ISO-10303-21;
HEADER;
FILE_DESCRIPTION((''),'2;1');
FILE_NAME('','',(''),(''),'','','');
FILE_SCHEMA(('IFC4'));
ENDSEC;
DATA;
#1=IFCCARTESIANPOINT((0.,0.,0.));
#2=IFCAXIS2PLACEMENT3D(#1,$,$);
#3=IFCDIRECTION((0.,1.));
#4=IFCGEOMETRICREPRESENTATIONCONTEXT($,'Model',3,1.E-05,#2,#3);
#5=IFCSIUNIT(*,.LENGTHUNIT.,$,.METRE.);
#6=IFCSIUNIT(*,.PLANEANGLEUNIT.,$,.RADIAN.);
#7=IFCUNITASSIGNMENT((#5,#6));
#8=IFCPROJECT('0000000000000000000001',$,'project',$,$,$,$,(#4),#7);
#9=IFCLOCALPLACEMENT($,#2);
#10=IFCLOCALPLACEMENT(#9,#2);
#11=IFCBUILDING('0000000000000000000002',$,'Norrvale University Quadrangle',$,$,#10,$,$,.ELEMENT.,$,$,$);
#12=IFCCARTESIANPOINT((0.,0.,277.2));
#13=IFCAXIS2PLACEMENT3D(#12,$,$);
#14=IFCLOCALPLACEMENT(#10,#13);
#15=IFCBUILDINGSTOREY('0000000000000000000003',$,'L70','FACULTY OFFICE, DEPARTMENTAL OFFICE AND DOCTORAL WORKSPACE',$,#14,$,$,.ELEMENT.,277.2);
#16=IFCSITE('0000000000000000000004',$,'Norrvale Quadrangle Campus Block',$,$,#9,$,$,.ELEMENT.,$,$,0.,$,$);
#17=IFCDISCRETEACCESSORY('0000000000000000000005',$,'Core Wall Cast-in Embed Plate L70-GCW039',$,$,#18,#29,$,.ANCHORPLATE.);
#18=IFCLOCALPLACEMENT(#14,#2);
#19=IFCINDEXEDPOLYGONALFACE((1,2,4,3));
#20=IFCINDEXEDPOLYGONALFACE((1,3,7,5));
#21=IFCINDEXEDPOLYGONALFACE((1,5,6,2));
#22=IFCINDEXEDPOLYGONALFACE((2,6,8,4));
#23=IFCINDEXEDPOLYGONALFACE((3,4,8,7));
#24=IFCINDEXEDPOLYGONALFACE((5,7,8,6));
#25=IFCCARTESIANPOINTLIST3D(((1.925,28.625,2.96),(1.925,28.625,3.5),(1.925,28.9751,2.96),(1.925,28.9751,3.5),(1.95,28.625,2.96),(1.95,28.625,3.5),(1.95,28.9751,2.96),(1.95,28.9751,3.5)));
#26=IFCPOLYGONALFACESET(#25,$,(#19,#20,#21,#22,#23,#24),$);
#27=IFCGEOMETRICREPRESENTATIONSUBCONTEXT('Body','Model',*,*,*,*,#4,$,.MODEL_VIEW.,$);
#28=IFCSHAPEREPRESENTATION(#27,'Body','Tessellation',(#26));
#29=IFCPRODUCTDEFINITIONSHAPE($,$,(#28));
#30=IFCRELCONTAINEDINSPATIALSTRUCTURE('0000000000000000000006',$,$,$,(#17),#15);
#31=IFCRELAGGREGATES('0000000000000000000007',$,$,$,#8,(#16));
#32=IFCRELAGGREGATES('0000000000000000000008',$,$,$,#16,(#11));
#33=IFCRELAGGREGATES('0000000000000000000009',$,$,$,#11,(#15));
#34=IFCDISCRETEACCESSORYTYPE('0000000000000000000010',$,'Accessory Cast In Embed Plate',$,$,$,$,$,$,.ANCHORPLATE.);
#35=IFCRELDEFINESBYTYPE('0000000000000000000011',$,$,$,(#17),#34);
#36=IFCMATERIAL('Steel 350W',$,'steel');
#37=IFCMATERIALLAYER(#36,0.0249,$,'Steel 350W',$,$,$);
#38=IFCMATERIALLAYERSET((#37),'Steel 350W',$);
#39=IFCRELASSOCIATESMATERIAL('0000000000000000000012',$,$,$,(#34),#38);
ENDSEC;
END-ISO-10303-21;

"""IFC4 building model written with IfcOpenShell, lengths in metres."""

from ifc_helpers import new_model, si_unit, direction, frame, origin, origin_2d, place, context, subcontext, project, spatial, rectangle, extrude, material, layer, layer_set, type_object, element, save


model = new_model("IFC4")

# Units and contexts
model_context = context("Model", 3, precision=1e-05, world=origin(), true_north=direction((0.0, 1.0)))
body_context = subcontext(model_context, "Body", "Model", "MODEL_VIEW")
ifc_project = project(units=[si_unit("LENGTHUNIT", "METRE"), si_unit("PLANEANGLEUNIT", "RADIAN")], contexts=[model_context])

# Site, building, storey
site_placement = place(None, origin())
site = spatial("IfcSite", under=ifc_project, at=site_placement, Name="Norrvale Quadrangle Campus Block", CompositionType="ELEMENT", RefElevation=0.0)
building_placement = place(site_placement, origin())
building = spatial("IfcBuilding", under=site, at=building_placement, Name="Norrvale University Quadrangle", CompositionType="ELEMENT")
storey_placement = place(building_placement, frame((0.0, 0.0, 277.2)))
storey = spatial("IfcBuildingStorey", under=building, at=storey_placement, Name="L70", Description="FACULTY OFFICE, DEPARTMENTAL OFFICE AND DOCTORAL WORKSPACE", CompositionType="ELEMENT", Elevation=277.2)

# Shared definitions
ifc_material_1 = material(Name="Steel 350W", Category="steel")

# Discrete accessory
ifc_layer_1 = layer(ifc_material_1, 0.0249, Name="Steel 350W")
ifc_layer_set_1 = layer_set([ifc_layer_1], Name="Steel 350W")
discrete_accessory_type = type_object("IfcDiscreteAccessoryType", Name="Accessory Cast In Embed Plate", PredefinedType="ANCHORPLATE", material=ifc_layer_set_1)
for number, where, z_axis, x_axis, name in (
    (1, (1.9375, 28.8, 2.96), (0.0, 0.0, 1.0), (1.0, 0.0, 0.0), "Core Wall Cast-in Embed Plate L70-GCW039"),
):
    element("IfcDiscreteAccessory", number, at=place(storey_placement, frame(where, z_axis=z_axis, x_axis=x_axis)), inside=storey, type_object=discrete_accessory_type, Name=name, PredefinedType="ANCHORPLATE", context=body_context, shape_type="SweptSolid", body=[
        extrude(rectangle(XDim=0.0249, YDim=0.3501, at=origin_2d()), origin(), (0.0, 0.0, 1.0), 0.54),
    ])

save(model, "model.ifc")
